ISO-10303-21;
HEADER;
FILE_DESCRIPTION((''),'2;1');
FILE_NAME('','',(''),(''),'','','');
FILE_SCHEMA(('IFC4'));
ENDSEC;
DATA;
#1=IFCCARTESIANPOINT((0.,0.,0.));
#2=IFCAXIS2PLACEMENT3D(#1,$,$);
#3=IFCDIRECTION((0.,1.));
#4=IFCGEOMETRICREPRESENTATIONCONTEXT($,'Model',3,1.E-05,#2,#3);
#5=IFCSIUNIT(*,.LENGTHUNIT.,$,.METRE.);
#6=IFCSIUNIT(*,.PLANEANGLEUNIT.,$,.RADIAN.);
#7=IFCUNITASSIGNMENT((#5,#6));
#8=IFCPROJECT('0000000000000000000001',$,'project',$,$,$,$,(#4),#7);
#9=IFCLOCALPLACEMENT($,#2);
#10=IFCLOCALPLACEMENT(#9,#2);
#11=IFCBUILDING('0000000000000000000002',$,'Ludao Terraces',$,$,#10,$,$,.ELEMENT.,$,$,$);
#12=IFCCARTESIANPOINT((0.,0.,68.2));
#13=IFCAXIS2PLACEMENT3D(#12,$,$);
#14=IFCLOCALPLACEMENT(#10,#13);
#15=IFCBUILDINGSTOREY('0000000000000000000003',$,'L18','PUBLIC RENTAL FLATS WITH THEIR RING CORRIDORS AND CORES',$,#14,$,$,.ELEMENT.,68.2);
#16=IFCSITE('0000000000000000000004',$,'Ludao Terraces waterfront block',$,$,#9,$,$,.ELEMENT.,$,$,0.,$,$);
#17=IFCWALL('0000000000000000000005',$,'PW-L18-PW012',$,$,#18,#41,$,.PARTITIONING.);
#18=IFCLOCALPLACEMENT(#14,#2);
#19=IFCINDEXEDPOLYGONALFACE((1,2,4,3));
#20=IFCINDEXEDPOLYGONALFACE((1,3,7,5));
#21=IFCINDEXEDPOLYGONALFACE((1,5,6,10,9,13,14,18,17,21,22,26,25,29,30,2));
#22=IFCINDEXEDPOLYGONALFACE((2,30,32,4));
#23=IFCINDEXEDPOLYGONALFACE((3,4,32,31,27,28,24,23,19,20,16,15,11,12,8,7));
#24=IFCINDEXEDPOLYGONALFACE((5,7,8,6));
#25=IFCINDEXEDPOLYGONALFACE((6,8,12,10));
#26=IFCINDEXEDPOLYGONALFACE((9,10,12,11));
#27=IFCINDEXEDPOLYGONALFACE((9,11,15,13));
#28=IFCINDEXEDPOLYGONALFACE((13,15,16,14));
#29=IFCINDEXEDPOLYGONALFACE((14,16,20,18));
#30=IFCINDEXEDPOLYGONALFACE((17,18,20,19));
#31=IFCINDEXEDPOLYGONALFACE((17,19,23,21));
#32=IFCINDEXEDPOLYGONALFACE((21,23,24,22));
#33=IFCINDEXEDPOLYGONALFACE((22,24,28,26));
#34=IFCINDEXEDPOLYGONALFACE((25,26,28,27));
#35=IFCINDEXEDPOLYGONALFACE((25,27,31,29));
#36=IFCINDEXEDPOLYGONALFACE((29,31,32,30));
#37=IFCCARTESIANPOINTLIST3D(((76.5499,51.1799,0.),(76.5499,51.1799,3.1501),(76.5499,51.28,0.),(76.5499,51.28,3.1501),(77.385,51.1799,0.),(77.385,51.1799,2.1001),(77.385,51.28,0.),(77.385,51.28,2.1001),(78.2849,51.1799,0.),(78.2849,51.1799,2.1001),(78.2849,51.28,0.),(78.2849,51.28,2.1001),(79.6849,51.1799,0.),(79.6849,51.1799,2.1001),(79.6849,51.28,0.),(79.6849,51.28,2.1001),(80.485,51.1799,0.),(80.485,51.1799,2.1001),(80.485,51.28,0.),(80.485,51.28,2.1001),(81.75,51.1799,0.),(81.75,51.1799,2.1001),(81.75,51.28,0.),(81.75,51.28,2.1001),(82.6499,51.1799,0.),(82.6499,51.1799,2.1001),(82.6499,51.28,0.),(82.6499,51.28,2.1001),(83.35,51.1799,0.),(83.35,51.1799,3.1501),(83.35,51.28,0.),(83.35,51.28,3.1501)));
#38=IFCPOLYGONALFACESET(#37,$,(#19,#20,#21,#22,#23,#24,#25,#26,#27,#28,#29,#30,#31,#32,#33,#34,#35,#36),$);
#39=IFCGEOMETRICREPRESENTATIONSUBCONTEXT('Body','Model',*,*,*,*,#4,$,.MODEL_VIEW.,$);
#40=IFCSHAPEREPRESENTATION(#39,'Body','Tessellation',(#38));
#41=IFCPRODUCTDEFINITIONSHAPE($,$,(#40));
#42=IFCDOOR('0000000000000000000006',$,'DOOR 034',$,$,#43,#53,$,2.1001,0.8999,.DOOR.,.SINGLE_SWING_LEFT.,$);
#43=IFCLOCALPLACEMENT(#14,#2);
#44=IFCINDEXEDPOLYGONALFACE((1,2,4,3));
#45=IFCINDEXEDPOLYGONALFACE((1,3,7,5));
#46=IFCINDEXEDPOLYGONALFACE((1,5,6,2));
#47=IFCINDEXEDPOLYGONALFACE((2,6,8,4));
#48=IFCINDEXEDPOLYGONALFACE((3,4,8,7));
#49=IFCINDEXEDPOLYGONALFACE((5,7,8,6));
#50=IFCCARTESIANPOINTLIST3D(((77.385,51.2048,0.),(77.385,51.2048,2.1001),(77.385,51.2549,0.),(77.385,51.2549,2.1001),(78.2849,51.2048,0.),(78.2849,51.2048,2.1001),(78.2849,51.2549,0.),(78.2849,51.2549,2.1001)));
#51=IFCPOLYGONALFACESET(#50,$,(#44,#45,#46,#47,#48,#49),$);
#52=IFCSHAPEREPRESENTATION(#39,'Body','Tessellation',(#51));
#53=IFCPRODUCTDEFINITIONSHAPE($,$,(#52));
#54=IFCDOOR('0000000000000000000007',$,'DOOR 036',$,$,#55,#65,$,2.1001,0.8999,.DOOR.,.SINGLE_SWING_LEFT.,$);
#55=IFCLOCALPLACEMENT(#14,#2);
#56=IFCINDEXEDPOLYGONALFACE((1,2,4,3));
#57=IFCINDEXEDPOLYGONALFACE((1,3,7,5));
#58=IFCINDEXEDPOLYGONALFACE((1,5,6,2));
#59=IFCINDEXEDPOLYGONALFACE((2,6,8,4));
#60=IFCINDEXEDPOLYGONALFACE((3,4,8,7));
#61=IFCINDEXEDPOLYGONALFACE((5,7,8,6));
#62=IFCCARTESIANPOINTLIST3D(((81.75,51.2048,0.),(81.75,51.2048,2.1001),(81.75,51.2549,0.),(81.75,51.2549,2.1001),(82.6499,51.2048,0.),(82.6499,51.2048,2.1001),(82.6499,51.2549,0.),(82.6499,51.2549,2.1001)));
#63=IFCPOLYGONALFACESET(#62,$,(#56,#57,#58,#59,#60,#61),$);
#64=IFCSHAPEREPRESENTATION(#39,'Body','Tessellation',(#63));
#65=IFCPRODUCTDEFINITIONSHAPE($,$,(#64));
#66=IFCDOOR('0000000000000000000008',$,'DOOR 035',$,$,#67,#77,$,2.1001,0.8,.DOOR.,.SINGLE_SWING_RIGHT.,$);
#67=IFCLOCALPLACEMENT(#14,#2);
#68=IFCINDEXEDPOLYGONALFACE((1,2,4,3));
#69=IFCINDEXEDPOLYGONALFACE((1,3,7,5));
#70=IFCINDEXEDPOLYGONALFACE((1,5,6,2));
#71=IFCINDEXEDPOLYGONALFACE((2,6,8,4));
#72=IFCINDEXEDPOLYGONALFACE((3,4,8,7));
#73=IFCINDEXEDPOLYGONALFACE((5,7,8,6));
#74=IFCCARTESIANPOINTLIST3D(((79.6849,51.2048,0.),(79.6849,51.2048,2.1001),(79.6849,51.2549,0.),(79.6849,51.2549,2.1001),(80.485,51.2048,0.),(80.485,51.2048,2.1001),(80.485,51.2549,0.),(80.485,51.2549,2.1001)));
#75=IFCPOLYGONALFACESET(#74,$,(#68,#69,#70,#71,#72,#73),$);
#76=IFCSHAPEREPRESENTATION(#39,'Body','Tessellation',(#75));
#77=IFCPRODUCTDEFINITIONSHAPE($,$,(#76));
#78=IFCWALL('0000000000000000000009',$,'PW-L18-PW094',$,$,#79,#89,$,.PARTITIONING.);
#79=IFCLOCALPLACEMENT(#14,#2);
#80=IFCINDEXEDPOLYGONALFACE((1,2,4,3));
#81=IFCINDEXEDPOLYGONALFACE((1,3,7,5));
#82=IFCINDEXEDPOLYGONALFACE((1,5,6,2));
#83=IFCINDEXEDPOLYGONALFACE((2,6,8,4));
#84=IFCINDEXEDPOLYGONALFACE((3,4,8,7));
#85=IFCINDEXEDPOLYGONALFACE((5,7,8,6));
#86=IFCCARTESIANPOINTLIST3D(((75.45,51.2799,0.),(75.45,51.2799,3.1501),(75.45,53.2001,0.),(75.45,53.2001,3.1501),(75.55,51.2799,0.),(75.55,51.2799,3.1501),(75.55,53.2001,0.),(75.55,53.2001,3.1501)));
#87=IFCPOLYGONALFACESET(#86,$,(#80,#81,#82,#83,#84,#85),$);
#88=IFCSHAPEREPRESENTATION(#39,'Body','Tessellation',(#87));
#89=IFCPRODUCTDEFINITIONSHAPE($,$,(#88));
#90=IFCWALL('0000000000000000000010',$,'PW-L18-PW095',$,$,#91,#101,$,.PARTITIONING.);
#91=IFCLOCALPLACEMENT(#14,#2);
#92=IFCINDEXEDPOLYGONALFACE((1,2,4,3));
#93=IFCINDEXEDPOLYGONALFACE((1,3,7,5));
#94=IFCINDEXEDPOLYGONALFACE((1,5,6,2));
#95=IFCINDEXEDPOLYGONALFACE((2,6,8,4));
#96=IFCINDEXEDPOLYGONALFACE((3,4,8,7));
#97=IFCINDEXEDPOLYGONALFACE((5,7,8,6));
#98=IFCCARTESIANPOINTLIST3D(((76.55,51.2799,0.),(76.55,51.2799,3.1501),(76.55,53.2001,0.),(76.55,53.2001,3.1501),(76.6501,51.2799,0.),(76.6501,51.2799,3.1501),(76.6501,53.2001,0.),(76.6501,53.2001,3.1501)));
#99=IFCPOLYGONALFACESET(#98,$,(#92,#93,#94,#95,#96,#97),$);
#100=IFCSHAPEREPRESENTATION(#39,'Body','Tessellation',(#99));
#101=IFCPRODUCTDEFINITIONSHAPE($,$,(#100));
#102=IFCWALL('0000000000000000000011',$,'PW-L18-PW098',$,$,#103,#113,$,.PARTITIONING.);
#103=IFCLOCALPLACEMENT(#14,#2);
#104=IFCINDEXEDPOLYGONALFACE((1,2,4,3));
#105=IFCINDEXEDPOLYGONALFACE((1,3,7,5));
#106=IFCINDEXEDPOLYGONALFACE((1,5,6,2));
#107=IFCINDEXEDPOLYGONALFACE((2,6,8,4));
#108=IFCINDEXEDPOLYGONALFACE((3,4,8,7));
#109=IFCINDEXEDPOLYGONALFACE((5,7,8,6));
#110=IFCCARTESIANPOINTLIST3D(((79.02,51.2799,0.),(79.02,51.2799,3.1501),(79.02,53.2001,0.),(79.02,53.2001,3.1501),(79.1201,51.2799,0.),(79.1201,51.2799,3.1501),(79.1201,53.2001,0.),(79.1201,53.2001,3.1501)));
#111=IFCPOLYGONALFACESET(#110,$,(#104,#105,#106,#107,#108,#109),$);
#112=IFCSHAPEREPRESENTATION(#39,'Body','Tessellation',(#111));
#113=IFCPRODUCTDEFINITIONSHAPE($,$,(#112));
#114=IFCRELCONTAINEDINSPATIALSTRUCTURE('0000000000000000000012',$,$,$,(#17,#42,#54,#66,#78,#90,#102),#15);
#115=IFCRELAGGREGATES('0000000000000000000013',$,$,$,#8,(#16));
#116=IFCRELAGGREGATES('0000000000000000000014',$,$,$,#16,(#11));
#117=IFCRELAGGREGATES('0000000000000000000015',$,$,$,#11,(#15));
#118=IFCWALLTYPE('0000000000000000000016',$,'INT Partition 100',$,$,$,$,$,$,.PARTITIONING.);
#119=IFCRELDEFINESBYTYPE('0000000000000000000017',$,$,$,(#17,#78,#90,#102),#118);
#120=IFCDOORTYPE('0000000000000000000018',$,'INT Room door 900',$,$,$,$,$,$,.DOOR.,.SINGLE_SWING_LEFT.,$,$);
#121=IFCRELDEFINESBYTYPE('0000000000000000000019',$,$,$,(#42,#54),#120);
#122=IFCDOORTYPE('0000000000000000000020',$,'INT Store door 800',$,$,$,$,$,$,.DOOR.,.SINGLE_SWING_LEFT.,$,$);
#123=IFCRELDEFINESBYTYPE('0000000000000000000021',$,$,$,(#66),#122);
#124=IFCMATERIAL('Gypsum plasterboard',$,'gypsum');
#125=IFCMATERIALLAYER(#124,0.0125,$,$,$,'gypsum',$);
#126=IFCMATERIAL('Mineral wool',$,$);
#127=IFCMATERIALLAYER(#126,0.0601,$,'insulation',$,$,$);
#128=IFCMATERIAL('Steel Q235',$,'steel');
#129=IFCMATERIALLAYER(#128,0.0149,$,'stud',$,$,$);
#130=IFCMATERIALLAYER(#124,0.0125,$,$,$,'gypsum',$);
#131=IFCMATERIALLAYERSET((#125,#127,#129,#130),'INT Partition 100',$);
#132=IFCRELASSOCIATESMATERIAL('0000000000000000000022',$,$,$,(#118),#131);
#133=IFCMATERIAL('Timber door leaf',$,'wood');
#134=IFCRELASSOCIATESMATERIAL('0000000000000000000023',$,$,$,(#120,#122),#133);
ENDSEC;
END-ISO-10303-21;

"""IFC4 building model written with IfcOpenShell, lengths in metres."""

from ifc_helpers import new_model, si_unit, direction, frame, frame_2d, origin, place, context, subcontext, project, spatial, rectangle, extrude, material, layer, layer_set, type_object, element, fill, save


model = new_model("IFC4")

# Units and contexts
model_context = context("Model", 3, precision=1e-05, world=origin(), true_north=direction((0.0, 1.0)))
body_context = subcontext(model_context, "Body", "Model", "MODEL_VIEW")
ifc_project = project(units=[si_unit("LENGTHUNIT", "METRE"), si_unit("PLANEANGLEUNIT", "RADIAN")], contexts=[model_context])

# Site, building, storey
site_placement = place(None, origin())
site = spatial("IfcSite", under=ifc_project, at=site_placement, Name="Ludao Terraces waterfront block", CompositionType="ELEMENT", RefElevation=0.0)
building_placement = place(site_placement, origin())
building = spatial("IfcBuilding", under=site, at=building_placement, Name="Ludao Terraces", CompositionType="ELEMENT")
storey_placement = place(building_placement, frame((0.0, 0.0, 68.2)))
storey = spatial("IfcBuildingStorey", under=building, at=storey_placement, Name="L18", Description="PUBLIC RENTAL FLATS WITH THEIR RING CORRIDORS AND CORES", CompositionType="ELEMENT", Elevation=68.2)

# Wall, openings, doors
ifc_material_1 = material(Name="Steel Q235", Category="steel")
ifc_material_2 = material(Name="Gypsum plasterboard", Category="gypsum")
ifc_layer_1 = layer(ifc_material_2, 0.0125, Category="gypsum")
ifc_material_3 = material(Name="Mineral wool")
ifc_layer_2 = layer(ifc_material_3, 0.0601, Name="insulation")
ifc_layer_3 = layer(ifc_material_1, 0.0149, Name="stud")
ifc_layer_4 = layer(ifc_material_2, 0.0125, Category="gypsum")
ifc_layer_set_1 = layer_set([ifc_layer_1, ifc_layer_2, ifc_layer_3, ifc_layer_4], Name="INT Partition 100")
wall_type_1 = type_object("IfcWallType", Name="INT Partition 100", PredefinedType="PARTITIONING", material=ifc_layer_set_1)
wall_1_placement = place(storey_placement, frame((76.55, 51.23, 0.0), z_axis=(0.0, 0.0, 1.0), x_axis=(1.0, 0.0, 0.0)))
wall_1 = element("IfcWall", 1, at=wall_1_placement, inside=storey, type_object=wall_type_1, Name="PW-L18-PW012", PredefinedType="PARTITIONING", context=body_context, shape_type="SweptSolid", body=[
    extrude(rectangle(XDim=6.8, YDim=0.1001, at=frame_2d((3.3999, 0.0))), origin(), (0.0, 0.0, 1.0), 3.1501),
])
opening_1_placement = place(wall_1_placement, frame((0.835, 0.0, 0.0)))
opening_1 = element("IfcOpeningElement", 2, at=opening_1_placement, cuts=wall_1, PredefinedType="OPENING", context=body_context, shape_type="SweptSolid", body=[
    extrude(rectangle(XDim=0.8999, YDim=2.1001, at=frame_2d((0.45, 1.05))), frame((0.0, 0.0601, 0.0), z_axis=(0.0, -1.0, 0.0), x_axis=(1.0, 0.0, 0.0)), (0.0, 0.0, 1.0), 0.1201),
])
opening_2_placement = place(wall_1_placement, frame((3.135, 0.0, 0.0)))
opening_2 = element("IfcOpeningElement", 3, at=opening_2_placement, cuts=wall_1, PredefinedType="OPENING", context=body_context, shape_type="SweptSolid", body=[
    extrude(rectangle(XDim=0.8, YDim=2.1001, at=frame_2d((0.3999, 1.05))), frame((0.0, 0.0601, 0.0), z_axis=(0.0, -1.0, 0.0), x_axis=(1.0, 0.0, 0.0)), (0.0, 0.0, 1.0), 0.1201),
])
opening_3_placement = place(wall_1_placement, frame((5.2, 0.0, 0.0)))
opening_3 = element("IfcOpeningElement", 4, at=opening_3_placement, cuts=wall_1, PredefinedType="OPENING", context=body_context, shape_type="SweptSolid", body=[
    extrude(rectangle(XDim=0.8999, YDim=2.1001, at=frame_2d((0.45, 1.05))), frame((0.0, 0.0601, 0.0), z_axis=(0.0, -1.0, 0.0), x_axis=(1.0, 0.0, 0.0)), (0.0, 0.0, 1.0), 0.1201),
])
ifc_material_4 = material(Name="Timber door leaf", Category="wood")
door_type_1 = type_object("IfcDoorType", Name="INT Room door 900", OperationType="SINGLE_SWING_LEFT", PredefinedType="DOOR", material=ifc_material_4)
door_1_placement = place(opening_1_placement, origin())
door_1 = element("IfcDoor", 5, at=door_1_placement, inside=storey, type_object=door_type_1, Name="DOOR 034", OperationType="SINGLE_SWING_LEFT", OverallHeight=2.1001, OverallWidth=0.8999, PredefinedType="DOOR", context=body_context, shape_type="SweptSolid", body=[
    extrude(rectangle(XDim=0.8999, YDim=2.1001, at=frame_2d((0.45, 1.05))), frame((0.0, 0.0249, 0.0), z_axis=(0.0, -1.0, 0.0), x_axis=(1.0, 0.0, 0.0)), (0.0, 0.0, 1.0), 0.05),
])
fill(opening_1, door_1)
door_2_placement = place(opening_3_placement, origin())
door_2 = element("IfcDoor", 6, at=door_2_placement, inside=storey, type_object=door_type_1, Name="DOOR 036", OperationType="SINGLE_SWING_LEFT", OverallHeight=2.1001, OverallWidth=0.8999, PredefinedType="DOOR", context=body_context, shape_type="SweptSolid", body=[
    extrude(rectangle(XDim=0.8999, YDim=2.1001, at=frame_2d((0.45, 1.05))), frame((0.0, 0.0249, 0.0), z_axis=(0.0, -1.0, 0.0), x_axis=(1.0, 0.0, 0.0)), (0.0, 0.0, 1.0), 0.05),
])
fill(opening_3, door_2)
door_type_2 = type_object("IfcDoorType", Name="INT Store door 800", OperationType="SINGLE_SWING_LEFT", PredefinedType="DOOR", material=ifc_material_4)
door_3_placement = place(opening_2_placement, origin())
door_3 = element("IfcDoor", 7, at=door_3_placement, inside=storey, type_object=door_type_2, Name="DOOR 035", OperationType="SINGLE_SWING_RIGHT", OverallHeight=2.1001, OverallWidth=0.8, PredefinedType="DOOR", context=body_context, shape_type="SweptSolid", body=[
    extrude(rectangle(XDim=0.8, YDim=2.1001, at=frame_2d((0.3999, 1.05))), frame((0.0, 0.0249, 0.0), z_axis=(0.0, -1.0, 0.0), x_axis=(1.0, 0.0, 0.0)), (0.0, 0.0, 1.0), 0.05),
])
fill(opening_2, door_3)

# Walls
for number, where, z_axis, x_axis, name in (
    (8, (75.5, 51.28, 0.0), (0.0, 0.0, 1.0), (0.0, 1.0, 0.0), "PW-L18-PW094"),
    (9, (76.6001, 51.28, 0.0), (0.0, 0.0, 1.0), (0.0, 1.0, 0.0), "PW-L18-PW095"),
    (10, (79.0701, 51.28, 0.0), (0.0, 0.0, 1.0), (0.0, 1.0, 0.0), "PW-L18-PW098"),
):
    element("IfcWall", number, at=place(storey_placement, frame(where, z_axis=z_axis, x_axis=x_axis)), inside=storey, type_object=wall_type_1, Name=name, PredefinedType="PARTITIONING", context=body_context, shape_type="SweptSolid", body=[
        extrude(rectangle(XDim=1.9202, YDim=0.1001, at=frame_2d((0.96, 0.0))), origin(), (0.0, 0.0, 1.0), 3.1501),
    ])

save(model, "model.ifc")
